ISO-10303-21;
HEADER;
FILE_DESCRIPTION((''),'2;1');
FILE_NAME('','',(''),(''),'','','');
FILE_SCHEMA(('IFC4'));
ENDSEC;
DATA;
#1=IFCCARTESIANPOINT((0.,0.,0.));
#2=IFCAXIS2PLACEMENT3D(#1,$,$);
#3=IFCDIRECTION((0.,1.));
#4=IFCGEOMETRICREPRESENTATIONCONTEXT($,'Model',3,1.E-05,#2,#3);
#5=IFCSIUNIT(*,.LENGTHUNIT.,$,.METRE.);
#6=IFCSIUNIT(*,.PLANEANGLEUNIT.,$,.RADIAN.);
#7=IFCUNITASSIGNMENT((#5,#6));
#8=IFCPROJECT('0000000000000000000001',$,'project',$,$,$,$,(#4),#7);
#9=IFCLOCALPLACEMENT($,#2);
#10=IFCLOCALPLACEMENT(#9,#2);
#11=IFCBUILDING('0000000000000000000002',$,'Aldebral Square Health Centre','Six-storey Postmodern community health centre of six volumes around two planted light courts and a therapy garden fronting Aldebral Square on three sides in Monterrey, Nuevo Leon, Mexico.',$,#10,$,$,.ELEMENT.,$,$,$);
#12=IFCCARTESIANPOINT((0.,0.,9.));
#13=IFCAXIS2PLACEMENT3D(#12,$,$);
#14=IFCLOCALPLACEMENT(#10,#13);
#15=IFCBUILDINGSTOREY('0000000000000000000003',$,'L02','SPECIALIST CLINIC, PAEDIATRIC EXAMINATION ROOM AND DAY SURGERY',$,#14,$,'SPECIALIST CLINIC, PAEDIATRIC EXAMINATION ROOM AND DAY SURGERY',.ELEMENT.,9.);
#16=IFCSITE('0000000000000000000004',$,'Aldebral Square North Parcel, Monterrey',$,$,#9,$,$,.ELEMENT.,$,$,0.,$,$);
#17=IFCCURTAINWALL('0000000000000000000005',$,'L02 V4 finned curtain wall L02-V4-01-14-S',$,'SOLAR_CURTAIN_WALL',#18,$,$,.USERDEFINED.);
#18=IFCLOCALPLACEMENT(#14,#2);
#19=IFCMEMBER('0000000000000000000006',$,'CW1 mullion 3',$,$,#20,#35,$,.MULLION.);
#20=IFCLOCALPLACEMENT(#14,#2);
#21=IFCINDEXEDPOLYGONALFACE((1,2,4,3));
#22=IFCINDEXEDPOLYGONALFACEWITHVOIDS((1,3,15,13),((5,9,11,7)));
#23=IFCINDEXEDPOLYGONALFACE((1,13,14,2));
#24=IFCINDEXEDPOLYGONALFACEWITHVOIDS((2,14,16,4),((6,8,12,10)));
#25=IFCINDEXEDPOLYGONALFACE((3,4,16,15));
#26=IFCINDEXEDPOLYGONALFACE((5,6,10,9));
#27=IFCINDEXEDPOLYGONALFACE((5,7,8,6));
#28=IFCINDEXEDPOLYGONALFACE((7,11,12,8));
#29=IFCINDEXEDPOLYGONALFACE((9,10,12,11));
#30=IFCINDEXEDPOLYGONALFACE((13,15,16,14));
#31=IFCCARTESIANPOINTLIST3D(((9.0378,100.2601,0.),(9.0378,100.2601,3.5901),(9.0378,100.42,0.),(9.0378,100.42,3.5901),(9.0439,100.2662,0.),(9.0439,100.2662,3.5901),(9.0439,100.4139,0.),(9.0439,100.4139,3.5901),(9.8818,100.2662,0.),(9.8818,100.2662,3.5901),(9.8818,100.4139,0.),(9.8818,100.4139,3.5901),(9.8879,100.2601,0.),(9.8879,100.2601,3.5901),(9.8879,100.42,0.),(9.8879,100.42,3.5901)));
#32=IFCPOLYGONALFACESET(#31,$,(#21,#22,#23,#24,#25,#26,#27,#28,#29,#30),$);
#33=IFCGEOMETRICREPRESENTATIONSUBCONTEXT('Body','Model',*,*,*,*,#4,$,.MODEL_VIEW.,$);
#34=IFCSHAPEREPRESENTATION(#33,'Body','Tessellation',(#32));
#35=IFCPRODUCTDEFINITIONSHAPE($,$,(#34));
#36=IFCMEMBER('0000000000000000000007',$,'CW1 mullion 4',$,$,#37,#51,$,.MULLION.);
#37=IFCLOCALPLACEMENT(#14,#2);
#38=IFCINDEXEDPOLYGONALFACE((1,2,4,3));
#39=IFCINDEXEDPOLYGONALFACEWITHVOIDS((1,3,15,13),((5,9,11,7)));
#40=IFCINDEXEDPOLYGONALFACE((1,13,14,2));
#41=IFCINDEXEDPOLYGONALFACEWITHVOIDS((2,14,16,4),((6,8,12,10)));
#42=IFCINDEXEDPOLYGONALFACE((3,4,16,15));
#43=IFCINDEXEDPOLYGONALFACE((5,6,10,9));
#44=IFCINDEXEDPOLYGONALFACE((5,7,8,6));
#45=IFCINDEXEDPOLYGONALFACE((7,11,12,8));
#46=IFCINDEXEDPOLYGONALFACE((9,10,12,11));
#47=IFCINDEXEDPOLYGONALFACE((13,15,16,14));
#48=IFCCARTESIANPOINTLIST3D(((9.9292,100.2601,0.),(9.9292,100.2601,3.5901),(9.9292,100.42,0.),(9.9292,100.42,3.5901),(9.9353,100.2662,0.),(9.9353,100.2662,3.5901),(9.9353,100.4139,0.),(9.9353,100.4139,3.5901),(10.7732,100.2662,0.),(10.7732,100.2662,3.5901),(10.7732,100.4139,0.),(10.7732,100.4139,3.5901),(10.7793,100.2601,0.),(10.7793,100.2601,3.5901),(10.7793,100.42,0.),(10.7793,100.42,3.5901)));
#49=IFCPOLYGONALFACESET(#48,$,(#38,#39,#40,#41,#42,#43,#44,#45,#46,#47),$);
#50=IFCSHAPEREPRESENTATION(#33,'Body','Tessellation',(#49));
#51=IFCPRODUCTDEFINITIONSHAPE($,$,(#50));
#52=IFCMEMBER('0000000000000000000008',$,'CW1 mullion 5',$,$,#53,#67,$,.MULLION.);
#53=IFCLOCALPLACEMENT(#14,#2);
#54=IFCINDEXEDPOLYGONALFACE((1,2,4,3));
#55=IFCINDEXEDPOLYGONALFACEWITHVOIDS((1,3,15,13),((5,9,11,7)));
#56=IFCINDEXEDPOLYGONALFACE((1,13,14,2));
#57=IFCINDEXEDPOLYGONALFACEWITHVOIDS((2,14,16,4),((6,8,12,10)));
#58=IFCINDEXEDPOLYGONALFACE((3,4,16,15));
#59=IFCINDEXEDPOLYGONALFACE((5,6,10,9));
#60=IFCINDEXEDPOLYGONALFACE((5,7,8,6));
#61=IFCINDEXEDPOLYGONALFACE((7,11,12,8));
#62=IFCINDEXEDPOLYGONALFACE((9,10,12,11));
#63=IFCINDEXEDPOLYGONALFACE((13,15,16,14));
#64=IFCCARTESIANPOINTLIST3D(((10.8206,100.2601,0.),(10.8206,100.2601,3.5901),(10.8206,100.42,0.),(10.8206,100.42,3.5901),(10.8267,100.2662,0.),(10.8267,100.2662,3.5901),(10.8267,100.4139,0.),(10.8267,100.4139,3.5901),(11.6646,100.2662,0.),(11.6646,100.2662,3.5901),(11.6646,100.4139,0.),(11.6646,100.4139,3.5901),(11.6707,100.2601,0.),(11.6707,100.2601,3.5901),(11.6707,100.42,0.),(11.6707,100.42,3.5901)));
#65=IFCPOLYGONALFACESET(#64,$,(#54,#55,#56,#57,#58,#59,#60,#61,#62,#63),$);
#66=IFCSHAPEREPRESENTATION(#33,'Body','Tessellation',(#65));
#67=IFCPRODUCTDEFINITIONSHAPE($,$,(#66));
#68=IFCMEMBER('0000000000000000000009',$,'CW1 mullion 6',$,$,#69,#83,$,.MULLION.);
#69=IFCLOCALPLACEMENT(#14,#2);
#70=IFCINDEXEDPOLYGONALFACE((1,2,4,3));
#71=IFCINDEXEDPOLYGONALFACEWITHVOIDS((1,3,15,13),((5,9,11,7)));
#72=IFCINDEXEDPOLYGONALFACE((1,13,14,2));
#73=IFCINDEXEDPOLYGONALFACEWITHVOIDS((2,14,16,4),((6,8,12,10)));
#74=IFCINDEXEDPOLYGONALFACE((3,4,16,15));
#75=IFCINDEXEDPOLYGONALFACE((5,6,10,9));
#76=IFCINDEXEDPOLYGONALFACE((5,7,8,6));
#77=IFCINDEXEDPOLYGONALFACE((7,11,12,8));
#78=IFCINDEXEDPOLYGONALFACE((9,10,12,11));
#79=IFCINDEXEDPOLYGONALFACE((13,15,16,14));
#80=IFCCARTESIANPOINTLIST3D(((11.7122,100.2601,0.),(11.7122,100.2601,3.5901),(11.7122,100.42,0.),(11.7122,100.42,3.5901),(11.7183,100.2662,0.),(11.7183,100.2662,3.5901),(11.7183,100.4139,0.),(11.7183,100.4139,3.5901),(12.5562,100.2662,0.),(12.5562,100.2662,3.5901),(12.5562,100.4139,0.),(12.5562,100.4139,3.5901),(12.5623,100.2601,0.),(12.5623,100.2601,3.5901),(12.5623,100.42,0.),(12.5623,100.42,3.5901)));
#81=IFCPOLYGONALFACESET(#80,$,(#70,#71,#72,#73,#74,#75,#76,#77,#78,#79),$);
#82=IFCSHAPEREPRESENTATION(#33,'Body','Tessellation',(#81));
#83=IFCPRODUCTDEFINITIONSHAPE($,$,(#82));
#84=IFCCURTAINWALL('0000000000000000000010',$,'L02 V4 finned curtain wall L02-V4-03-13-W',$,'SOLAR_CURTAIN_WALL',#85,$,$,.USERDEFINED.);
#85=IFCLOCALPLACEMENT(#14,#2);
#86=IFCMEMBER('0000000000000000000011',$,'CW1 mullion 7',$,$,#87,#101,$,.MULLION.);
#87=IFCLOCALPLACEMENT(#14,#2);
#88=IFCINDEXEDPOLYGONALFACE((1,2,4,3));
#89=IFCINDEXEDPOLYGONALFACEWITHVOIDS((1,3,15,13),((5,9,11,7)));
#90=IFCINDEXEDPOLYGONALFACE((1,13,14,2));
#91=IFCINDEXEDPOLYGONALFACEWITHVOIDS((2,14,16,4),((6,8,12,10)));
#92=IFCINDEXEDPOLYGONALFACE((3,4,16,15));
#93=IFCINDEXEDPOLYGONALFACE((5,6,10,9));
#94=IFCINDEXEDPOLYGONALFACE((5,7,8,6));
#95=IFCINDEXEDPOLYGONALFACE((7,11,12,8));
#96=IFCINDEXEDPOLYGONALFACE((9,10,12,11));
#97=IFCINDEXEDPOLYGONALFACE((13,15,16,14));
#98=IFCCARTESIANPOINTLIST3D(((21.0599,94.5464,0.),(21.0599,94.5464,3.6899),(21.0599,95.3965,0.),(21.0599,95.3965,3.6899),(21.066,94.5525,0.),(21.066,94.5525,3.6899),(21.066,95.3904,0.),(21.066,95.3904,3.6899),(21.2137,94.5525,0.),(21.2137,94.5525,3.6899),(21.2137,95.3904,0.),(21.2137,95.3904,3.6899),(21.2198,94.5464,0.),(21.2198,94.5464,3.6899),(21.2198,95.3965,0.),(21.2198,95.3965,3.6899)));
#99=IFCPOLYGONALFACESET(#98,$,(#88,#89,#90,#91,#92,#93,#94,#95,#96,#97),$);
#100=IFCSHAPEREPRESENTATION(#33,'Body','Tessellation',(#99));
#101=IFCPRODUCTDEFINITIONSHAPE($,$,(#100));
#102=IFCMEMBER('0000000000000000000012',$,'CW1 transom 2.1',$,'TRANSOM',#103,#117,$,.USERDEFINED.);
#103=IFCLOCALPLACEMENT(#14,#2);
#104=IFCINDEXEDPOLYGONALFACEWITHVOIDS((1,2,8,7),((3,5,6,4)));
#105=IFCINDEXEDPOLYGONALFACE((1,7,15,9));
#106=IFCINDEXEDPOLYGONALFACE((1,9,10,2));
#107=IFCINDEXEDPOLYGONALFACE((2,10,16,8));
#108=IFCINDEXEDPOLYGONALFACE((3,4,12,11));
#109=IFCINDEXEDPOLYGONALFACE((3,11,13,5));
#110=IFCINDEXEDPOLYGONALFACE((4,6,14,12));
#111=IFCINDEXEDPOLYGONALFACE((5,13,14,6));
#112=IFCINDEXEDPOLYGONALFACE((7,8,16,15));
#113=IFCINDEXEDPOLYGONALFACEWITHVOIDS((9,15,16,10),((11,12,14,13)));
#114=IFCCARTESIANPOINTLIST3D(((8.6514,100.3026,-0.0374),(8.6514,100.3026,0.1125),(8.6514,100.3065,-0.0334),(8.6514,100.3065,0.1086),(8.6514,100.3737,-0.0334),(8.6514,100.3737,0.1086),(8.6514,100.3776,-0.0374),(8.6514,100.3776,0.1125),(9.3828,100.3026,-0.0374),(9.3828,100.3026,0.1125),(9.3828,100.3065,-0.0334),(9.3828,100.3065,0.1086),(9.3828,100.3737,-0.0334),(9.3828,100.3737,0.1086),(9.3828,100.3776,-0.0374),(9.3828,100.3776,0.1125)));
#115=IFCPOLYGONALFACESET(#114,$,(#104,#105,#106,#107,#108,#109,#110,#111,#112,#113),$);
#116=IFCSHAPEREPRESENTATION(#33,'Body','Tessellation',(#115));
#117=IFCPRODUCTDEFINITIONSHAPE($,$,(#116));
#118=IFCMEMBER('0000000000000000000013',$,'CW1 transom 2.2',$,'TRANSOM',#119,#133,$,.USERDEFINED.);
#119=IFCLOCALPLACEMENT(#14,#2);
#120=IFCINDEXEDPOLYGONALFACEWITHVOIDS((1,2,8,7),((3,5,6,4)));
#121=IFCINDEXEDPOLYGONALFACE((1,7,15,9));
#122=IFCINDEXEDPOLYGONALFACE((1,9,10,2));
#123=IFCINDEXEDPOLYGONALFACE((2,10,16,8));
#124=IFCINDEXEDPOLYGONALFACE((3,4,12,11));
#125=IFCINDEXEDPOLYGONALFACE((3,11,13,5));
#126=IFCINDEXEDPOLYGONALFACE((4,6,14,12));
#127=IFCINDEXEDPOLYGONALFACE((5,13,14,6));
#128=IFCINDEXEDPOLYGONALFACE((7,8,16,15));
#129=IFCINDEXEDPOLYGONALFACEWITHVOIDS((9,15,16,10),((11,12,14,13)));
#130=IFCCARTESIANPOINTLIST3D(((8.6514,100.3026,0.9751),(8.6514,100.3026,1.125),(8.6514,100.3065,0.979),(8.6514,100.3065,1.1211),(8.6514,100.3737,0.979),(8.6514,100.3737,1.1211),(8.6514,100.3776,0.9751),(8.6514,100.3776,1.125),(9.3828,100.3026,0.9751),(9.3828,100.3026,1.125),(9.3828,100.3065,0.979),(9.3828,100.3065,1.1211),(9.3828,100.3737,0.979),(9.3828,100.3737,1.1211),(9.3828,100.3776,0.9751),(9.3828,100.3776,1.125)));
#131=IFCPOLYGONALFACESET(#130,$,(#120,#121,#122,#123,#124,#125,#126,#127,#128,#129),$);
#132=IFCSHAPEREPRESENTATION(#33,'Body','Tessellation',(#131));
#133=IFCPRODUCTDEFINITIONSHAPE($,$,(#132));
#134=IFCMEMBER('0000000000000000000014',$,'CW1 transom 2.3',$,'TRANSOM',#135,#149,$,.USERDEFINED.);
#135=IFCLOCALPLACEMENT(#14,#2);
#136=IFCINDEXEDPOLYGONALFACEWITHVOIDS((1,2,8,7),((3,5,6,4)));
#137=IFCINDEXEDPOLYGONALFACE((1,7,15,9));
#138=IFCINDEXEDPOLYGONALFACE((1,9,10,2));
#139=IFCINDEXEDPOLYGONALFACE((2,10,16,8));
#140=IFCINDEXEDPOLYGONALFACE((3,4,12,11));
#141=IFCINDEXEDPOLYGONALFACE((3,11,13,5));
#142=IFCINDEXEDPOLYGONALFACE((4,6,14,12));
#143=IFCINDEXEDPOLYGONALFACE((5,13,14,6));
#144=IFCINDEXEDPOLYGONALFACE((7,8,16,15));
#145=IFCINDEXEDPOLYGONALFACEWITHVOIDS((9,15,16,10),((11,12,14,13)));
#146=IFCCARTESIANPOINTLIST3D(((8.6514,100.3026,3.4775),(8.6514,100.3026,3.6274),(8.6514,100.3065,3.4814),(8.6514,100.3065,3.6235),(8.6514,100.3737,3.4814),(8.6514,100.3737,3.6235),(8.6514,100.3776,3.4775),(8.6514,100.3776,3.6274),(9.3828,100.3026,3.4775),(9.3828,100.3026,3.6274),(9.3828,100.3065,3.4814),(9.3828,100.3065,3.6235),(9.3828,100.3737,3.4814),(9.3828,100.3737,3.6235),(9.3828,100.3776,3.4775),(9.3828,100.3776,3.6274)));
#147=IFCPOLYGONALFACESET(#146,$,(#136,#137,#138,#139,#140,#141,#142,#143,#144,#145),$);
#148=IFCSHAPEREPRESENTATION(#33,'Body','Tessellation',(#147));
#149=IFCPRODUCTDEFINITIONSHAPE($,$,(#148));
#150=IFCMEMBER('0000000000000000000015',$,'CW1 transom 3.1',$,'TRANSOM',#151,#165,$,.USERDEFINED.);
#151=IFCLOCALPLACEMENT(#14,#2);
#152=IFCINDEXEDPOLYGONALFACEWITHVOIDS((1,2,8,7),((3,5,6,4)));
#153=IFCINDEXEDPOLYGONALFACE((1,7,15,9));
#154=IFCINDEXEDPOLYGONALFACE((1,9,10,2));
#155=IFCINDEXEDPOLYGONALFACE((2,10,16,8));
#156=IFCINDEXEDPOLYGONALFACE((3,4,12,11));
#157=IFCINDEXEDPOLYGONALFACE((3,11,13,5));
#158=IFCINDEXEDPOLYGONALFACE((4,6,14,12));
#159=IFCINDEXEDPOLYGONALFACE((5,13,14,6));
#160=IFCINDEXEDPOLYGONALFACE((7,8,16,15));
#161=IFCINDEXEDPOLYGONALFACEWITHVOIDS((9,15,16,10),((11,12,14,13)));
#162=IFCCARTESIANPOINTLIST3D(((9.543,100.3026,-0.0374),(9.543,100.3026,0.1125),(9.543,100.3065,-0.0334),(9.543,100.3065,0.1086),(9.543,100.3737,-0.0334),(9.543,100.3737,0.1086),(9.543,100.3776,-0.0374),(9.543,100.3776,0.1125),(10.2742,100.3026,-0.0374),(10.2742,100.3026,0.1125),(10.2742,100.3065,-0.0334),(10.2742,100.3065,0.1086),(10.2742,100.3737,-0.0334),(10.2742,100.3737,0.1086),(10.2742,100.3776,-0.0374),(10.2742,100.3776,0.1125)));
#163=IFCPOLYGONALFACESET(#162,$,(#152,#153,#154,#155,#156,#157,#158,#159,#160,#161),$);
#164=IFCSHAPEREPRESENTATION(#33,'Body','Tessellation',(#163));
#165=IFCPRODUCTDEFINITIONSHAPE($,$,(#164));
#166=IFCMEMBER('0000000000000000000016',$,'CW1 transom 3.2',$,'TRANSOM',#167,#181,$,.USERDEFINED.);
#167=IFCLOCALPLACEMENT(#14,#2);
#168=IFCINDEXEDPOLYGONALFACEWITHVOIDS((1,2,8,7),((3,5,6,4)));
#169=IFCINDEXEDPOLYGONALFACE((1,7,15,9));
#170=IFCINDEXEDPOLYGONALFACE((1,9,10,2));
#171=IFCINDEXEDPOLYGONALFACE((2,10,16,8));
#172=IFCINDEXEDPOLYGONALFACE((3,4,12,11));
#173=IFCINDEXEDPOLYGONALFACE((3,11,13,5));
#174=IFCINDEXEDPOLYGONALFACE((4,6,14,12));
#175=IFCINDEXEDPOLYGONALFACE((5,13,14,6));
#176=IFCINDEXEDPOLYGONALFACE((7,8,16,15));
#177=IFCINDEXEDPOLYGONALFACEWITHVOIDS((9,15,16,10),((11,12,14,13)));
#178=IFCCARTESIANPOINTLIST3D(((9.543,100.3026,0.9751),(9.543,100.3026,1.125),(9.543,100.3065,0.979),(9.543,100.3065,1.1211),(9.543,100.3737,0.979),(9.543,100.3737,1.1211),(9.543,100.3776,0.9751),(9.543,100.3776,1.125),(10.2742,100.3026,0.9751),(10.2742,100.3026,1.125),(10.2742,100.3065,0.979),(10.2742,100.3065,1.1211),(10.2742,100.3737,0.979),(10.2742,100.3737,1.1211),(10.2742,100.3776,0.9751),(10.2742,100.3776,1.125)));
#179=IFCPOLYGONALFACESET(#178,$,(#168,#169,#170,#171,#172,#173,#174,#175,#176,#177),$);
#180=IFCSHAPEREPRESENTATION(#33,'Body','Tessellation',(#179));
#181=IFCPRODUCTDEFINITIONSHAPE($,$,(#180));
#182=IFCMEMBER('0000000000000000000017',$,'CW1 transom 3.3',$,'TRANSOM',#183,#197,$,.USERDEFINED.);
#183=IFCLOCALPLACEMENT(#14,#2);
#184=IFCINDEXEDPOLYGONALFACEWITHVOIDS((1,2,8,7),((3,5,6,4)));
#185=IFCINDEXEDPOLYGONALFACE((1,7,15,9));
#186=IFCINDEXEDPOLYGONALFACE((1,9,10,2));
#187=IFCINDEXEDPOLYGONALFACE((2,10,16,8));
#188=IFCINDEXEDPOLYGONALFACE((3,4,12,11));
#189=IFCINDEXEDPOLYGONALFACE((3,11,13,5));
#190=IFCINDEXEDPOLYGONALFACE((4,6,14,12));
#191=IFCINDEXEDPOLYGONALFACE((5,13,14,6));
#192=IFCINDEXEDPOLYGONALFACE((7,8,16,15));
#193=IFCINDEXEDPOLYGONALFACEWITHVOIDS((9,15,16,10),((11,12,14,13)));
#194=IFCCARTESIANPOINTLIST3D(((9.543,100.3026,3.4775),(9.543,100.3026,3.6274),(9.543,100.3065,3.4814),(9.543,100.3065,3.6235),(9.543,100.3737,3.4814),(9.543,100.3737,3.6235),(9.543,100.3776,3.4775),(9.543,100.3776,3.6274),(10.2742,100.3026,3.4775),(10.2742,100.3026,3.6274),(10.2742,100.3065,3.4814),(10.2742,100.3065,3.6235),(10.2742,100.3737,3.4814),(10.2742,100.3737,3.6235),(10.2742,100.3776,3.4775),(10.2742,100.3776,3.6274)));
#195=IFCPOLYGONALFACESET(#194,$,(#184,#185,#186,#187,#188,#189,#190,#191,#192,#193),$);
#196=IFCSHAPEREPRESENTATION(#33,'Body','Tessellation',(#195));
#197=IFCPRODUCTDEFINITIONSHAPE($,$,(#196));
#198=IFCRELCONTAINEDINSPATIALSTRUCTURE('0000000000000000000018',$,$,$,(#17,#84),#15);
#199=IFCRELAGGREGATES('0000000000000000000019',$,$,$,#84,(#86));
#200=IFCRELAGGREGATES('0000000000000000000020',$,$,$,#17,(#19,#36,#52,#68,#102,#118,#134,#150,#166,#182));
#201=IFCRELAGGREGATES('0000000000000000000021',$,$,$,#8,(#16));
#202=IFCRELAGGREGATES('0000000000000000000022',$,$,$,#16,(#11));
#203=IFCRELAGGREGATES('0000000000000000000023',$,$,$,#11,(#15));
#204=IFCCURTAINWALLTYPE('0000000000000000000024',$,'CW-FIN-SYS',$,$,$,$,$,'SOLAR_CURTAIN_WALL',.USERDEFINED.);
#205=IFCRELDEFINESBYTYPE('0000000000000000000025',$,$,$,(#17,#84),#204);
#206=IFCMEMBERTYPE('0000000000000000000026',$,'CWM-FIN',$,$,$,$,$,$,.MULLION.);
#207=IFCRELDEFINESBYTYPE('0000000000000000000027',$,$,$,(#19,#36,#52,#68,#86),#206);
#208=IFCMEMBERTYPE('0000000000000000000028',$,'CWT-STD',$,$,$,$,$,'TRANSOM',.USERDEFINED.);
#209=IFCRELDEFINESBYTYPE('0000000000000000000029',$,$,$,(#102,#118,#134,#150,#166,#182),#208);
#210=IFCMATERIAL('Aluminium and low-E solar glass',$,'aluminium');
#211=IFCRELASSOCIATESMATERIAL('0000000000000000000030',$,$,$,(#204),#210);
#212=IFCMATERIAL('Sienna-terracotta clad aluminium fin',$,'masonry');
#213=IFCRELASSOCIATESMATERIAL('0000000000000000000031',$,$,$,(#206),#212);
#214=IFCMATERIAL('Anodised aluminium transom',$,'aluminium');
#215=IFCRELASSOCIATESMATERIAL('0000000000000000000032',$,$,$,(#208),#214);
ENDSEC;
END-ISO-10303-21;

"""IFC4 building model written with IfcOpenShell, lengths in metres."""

from ifc_helpers import new_model, si_unit, direction, frame, origin, origin_2d, place, context, subcontext, project, spatial, hollow_rectangle, extrude, material, material_profile, profile_set, type_object, element, aggregate, save


model = new_model("IFC4")

# Units and contexts
model_context = context("Model", 3, precision=1e-05, world=origin(), true_north=direction((0.0, 1.0)))
body_context = subcontext(model_context, "Body", "Model", "MODEL_VIEW")
ifc_project = project(units=[si_unit("LENGTHUNIT", "METRE"), si_unit("PLANEANGLEUNIT", "RADIAN")], contexts=[model_context])

# Site, building, storey
site_placement = place(None, origin())
site = spatial("IfcSite", under=ifc_project, at=site_placement, Name="Aldebral Square North Parcel, Monterrey", CompositionType="ELEMENT", RefElevation=0.0)
building_placement = place(site_placement, origin())
building = spatial("IfcBuilding", under=site, at=building_placement, Name="Aldebral Square Health Centre", Description="Six-storey Postmodern community health centre of six volumes around two planted light courts and a therapy garden fronting Aldebral Square on three sides in Monterrey, Nuevo Leon, Mexico.", CompositionType="ELEMENT")
storey_placement = place(building_placement, frame((0.0, 0.0, 9.0)))
storey = spatial("IfcBuildingStorey", under=building, at=storey_placement, Name="L02", Description="SPECIALIST CLINIC, PAEDIATRIC EXAMINATION ROOM AND DAY SURGERY", LongName="SPECIALIST CLINIC, PAEDIATRIC EXAMINATION ROOM AND DAY SURGERY", CompositionType="ELEMENT", Elevation=9.0)

# Curtain wall, members
ifc_material_1 = material(Name="Aluminium and low-E solar glass", Category="aluminium")
curtain_wall_type = type_object("IfcCurtainWallType", Name="CW-FIN-SYS", ElementType="SOLAR_CURTAIN_WALL", PredefinedType="USERDEFINED", material=ifc_material_1)
curtain_wall_1_placement = place(storey_placement, origin())
curtain_wall_1 = element("IfcCurtainWall", 1, at=curtain_wall_1_placement, inside=storey, type_object=curtain_wall_type, Name="L02 V4 finned curtain wall L02-V4-01-14-S", ObjectType="SOLAR_CURTAIN_WALL", PredefinedType="USERDEFINED")
ifc_material_2 = material(Name="Sienna-terracotta clad aluminium fin", Category="masonry")
ifc_material_profile_1 = material_profile(ifc_material_2, hollow_rectangle(XDim=0.1599, YDim=0.8501, WallThickness=0.0061, at=origin_2d()), Name="FIN 160x850x6")
ifc_profile_set_1 = profile_set([ifc_material_profile_1], Name="Sienna-terracotta clad aluminium fin")
member_type_1 = type_object("IfcMemberType", Name="CWM-FIN", PredefinedType="MULLION", material=ifc_profile_set_1)
member_1_placement = place(storey_placement, frame((9.4629, 100.3401, 0.0), z_axis=(0.0, 0.0, 1.0), x_axis=(0.0, 1.0, 0.0)))
member_1 = element("IfcMember", 2, at=member_1_placement, type_object=member_type_1, Name="CW1 mullion 3", PredefinedType="MULLION", context=body_context, shape_type="SweptSolid", body=[
    extrude(hollow_rectangle(XDim=0.1599, YDim=0.8501, WallThickness=0.0061, at=origin_2d()), origin(), (0.0, 0.0, 1.0), 3.5901),
])
member_2_placement = place(storey_placement, frame((10.3542, 100.3401, 0.0), z_axis=(0.0, 0.0, 1.0), x_axis=(0.0, 1.0, 0.0)))
member_2 = element("IfcMember", 3, at=member_2_placement, type_object=member_type_1, Name="CW1 mullion 4", PredefinedType="MULLION", context=body_context, shape_type="SweptSolid", body=[
    extrude(hollow_rectangle(XDim=0.1599, YDim=0.8501, WallThickness=0.0061, at=origin_2d()), origin(), (0.0, 0.0, 1.0), 3.5901),
])
member_3_placement = place(storey_placement, frame((11.2456, 100.3401, 0.0), z_axis=(0.0, 0.0, 1.0), x_axis=(0.0, 1.0, 0.0)))
member_3 = element("IfcMember", 4, at=member_3_placement, type_object=member_type_1, Name="CW1 mullion 5", PredefinedType="MULLION", context=body_context, shape_type="SweptSolid", body=[
    extrude(hollow_rectangle(XDim=0.1599, YDim=0.8501, WallThickness=0.0061, at=origin_2d()), origin(), (0.0, 0.0, 1.0), 3.5901),
])
member_4_placement = place(storey_placement, frame((12.1372, 100.3401, 0.0), z_axis=(0.0, 0.0, 1.0), x_axis=(0.0, 1.0, 0.0)))
member_4 = element("IfcMember", 5, at=member_4_placement, type_object=member_type_1, Name="CW1 mullion 6", PredefinedType="MULLION", context=body_context, shape_type="SweptSolid", body=[
    extrude(hollow_rectangle(XDim=0.1599, YDim=0.8501, WallThickness=0.0061, at=origin_2d()), origin(), (0.0, 0.0, 1.0), 3.5901),
])

# Curtain wall, member
curtain_wall_2_placement = place(storey_placement, origin())
curtain_wall_2 = element("IfcCurtainWall", 6, at=curtain_wall_2_placement, inside=storey, type_object=curtain_wall_type, Name="L02 V4 finned curtain wall L02-V4-03-13-W", ObjectType="SOLAR_CURTAIN_WALL", PredefinedType="USERDEFINED")
member_5_placement = place(storey_placement, frame((21.1399, 94.9714, 0.0), z_axis=(0.0, 0.0, 1.0), x_axis=(1.0, 0.0, 0.0)))
member_5 = element("IfcMember", 7, at=member_5_placement, type_object=member_type_1, Name="CW1 mullion 7", PredefinedType="MULLION", context=body_context, shape_type="SweptSolid", body=[
    extrude(hollow_rectangle(XDim=0.1599, YDim=0.8501, WallThickness=0.0061, at=origin_2d()), origin(), (0.0, 0.0, 1.0), 3.6899),
])

# Members
ifc_material_3 = material(Name="Anodised aluminium transom", Category="aluminium")
ifc_material_profile_2 = material_profile(ifc_material_3, hollow_rectangle(XDim=0.075, YDim=0.1499, WallThickness=0.0039, at=origin_2d()), Name="CWT 75x150x4")
ifc_profile_set_2 = profile_set([ifc_material_profile_2], Name="Anodised aluminium transom")
member_type_2 = type_object("IfcMemberType", Name="CWT-STD", ElementType="TRANSOM", PredefinedType="USERDEFINED", material=ifc_profile_set_2)
member_6_placement = place(storey_placement, frame((8.6514, 100.3401, 0.0376), z_axis=(1.0, 0.0, 0.0), x_axis=(0.0, 1.0, 0.0)))
member_6 = element("IfcMember", 8, at=member_6_placement, type_object=member_type_2, Name="CW1 transom 2.1", ObjectType="TRANSOM", PredefinedType="USERDEFINED", context=body_context, shape_type="SweptSolid", body=[
    extrude(hollow_rectangle(XDim=0.075, YDim=0.1499, WallThickness=0.0039, at=origin_2d()), origin(), (0.0, 0.0, 1.0), 0.7314),
])
member_7_placement = place(storey_placement, frame((8.6514, 100.3401, 1.05), z_axis=(1.0, 0.0, 0.0), x_axis=(0.0, 1.0, 0.0)))
member_7 = element("IfcMember", 9, at=member_7_placement, type_object=member_type_2, Name="CW1 transom 2.2", ObjectType="TRANSOM", PredefinedType="USERDEFINED", context=body_context, shape_type="SweptSolid", body=[
    extrude(hollow_rectangle(XDim=0.075, YDim=0.1499, WallThickness=0.0039, at=origin_2d()), origin(), (0.0, 0.0, 1.0), 0.7314),
])
member_8_placement = place(storey_placement, frame((8.6514, 100.3401, 3.5525), z_axis=(1.0, 0.0, 0.0), x_axis=(0.0, 1.0, 0.0)))
member_8 = element("IfcMember", 10, at=member_8_placement, type_object=member_type_2, Name="CW1 transom 2.3", ObjectType="TRANSOM", PredefinedType="USERDEFINED", context=body_context, shape_type="SweptSolid", body=[
    extrude(hollow_rectangle(XDim=0.075, YDim=0.1499, WallThickness=0.0039, at=origin_2d()), origin(), (0.0, 0.0, 1.0), 0.7314),
])
member_9_placement = place(storey_placement, frame((9.543, 100.3401, 0.0376), z_axis=(1.0, 0.0, 0.0), x_axis=(0.0, 1.0, 0.0)))
member_9 = element("IfcMember", 11, at=member_9_placement, type_object=member_type_2, Name="CW1 transom 3.1", ObjectType="TRANSOM", PredefinedType="USERDEFINED", context=body_context, shape_type="SweptSolid", body=[
    extrude(hollow_rectangle(XDim=0.075, YDim=0.1499, WallThickness=0.0039, at=origin_2d()), origin(), (0.0, 0.0, 1.0), 0.7312),
])
member_10_placement = place(storey_placement, frame((9.543, 100.3401, 1.05), z_axis=(1.0, 0.0, 0.0), x_axis=(0.0, 1.0, 0.0)))
member_10 = element("IfcMember", 12, at=member_10_placement, type_object=member_type_2, Name="CW1 transom 3.2", ObjectType="TRANSOM", PredefinedType="USERDEFINED", context=body_context, shape_type="SweptSolid", body=[
    extrude(hollow_rectangle(XDim=0.075, YDim=0.1499, WallThickness=0.0039, at=origin_2d()), origin(), (0.0, 0.0, 1.0), 0.7312),
])
member_11_placement = place(storey_placement, frame((9.543, 100.3401, 3.5525), z_axis=(1.0, 0.0, 0.0), x_axis=(0.0, 1.0, 0.0)))
member_11 = element("IfcMember", 13, at=member_11_placement, type_object=member_type_2, Name="CW1 transom 3.3", ObjectType="TRANSOM", PredefinedType="USERDEFINED", context=body_context, shape_type="SweptSolid", body=[
    extrude(hollow_rectangle(XDim=0.075, YDim=0.1499, WallThickness=0.0039, at=origin_2d()), origin(), (0.0, 0.0, 1.0), 0.7312),
])

aggregate(curtain_wall_2, [member_5])
aggregate(curtain_wall_1, [member_1, member_2, member_3, member_4, member_6, member_7, member_8, member_9, member_10, member_11])

save(model, "model.ifc")
